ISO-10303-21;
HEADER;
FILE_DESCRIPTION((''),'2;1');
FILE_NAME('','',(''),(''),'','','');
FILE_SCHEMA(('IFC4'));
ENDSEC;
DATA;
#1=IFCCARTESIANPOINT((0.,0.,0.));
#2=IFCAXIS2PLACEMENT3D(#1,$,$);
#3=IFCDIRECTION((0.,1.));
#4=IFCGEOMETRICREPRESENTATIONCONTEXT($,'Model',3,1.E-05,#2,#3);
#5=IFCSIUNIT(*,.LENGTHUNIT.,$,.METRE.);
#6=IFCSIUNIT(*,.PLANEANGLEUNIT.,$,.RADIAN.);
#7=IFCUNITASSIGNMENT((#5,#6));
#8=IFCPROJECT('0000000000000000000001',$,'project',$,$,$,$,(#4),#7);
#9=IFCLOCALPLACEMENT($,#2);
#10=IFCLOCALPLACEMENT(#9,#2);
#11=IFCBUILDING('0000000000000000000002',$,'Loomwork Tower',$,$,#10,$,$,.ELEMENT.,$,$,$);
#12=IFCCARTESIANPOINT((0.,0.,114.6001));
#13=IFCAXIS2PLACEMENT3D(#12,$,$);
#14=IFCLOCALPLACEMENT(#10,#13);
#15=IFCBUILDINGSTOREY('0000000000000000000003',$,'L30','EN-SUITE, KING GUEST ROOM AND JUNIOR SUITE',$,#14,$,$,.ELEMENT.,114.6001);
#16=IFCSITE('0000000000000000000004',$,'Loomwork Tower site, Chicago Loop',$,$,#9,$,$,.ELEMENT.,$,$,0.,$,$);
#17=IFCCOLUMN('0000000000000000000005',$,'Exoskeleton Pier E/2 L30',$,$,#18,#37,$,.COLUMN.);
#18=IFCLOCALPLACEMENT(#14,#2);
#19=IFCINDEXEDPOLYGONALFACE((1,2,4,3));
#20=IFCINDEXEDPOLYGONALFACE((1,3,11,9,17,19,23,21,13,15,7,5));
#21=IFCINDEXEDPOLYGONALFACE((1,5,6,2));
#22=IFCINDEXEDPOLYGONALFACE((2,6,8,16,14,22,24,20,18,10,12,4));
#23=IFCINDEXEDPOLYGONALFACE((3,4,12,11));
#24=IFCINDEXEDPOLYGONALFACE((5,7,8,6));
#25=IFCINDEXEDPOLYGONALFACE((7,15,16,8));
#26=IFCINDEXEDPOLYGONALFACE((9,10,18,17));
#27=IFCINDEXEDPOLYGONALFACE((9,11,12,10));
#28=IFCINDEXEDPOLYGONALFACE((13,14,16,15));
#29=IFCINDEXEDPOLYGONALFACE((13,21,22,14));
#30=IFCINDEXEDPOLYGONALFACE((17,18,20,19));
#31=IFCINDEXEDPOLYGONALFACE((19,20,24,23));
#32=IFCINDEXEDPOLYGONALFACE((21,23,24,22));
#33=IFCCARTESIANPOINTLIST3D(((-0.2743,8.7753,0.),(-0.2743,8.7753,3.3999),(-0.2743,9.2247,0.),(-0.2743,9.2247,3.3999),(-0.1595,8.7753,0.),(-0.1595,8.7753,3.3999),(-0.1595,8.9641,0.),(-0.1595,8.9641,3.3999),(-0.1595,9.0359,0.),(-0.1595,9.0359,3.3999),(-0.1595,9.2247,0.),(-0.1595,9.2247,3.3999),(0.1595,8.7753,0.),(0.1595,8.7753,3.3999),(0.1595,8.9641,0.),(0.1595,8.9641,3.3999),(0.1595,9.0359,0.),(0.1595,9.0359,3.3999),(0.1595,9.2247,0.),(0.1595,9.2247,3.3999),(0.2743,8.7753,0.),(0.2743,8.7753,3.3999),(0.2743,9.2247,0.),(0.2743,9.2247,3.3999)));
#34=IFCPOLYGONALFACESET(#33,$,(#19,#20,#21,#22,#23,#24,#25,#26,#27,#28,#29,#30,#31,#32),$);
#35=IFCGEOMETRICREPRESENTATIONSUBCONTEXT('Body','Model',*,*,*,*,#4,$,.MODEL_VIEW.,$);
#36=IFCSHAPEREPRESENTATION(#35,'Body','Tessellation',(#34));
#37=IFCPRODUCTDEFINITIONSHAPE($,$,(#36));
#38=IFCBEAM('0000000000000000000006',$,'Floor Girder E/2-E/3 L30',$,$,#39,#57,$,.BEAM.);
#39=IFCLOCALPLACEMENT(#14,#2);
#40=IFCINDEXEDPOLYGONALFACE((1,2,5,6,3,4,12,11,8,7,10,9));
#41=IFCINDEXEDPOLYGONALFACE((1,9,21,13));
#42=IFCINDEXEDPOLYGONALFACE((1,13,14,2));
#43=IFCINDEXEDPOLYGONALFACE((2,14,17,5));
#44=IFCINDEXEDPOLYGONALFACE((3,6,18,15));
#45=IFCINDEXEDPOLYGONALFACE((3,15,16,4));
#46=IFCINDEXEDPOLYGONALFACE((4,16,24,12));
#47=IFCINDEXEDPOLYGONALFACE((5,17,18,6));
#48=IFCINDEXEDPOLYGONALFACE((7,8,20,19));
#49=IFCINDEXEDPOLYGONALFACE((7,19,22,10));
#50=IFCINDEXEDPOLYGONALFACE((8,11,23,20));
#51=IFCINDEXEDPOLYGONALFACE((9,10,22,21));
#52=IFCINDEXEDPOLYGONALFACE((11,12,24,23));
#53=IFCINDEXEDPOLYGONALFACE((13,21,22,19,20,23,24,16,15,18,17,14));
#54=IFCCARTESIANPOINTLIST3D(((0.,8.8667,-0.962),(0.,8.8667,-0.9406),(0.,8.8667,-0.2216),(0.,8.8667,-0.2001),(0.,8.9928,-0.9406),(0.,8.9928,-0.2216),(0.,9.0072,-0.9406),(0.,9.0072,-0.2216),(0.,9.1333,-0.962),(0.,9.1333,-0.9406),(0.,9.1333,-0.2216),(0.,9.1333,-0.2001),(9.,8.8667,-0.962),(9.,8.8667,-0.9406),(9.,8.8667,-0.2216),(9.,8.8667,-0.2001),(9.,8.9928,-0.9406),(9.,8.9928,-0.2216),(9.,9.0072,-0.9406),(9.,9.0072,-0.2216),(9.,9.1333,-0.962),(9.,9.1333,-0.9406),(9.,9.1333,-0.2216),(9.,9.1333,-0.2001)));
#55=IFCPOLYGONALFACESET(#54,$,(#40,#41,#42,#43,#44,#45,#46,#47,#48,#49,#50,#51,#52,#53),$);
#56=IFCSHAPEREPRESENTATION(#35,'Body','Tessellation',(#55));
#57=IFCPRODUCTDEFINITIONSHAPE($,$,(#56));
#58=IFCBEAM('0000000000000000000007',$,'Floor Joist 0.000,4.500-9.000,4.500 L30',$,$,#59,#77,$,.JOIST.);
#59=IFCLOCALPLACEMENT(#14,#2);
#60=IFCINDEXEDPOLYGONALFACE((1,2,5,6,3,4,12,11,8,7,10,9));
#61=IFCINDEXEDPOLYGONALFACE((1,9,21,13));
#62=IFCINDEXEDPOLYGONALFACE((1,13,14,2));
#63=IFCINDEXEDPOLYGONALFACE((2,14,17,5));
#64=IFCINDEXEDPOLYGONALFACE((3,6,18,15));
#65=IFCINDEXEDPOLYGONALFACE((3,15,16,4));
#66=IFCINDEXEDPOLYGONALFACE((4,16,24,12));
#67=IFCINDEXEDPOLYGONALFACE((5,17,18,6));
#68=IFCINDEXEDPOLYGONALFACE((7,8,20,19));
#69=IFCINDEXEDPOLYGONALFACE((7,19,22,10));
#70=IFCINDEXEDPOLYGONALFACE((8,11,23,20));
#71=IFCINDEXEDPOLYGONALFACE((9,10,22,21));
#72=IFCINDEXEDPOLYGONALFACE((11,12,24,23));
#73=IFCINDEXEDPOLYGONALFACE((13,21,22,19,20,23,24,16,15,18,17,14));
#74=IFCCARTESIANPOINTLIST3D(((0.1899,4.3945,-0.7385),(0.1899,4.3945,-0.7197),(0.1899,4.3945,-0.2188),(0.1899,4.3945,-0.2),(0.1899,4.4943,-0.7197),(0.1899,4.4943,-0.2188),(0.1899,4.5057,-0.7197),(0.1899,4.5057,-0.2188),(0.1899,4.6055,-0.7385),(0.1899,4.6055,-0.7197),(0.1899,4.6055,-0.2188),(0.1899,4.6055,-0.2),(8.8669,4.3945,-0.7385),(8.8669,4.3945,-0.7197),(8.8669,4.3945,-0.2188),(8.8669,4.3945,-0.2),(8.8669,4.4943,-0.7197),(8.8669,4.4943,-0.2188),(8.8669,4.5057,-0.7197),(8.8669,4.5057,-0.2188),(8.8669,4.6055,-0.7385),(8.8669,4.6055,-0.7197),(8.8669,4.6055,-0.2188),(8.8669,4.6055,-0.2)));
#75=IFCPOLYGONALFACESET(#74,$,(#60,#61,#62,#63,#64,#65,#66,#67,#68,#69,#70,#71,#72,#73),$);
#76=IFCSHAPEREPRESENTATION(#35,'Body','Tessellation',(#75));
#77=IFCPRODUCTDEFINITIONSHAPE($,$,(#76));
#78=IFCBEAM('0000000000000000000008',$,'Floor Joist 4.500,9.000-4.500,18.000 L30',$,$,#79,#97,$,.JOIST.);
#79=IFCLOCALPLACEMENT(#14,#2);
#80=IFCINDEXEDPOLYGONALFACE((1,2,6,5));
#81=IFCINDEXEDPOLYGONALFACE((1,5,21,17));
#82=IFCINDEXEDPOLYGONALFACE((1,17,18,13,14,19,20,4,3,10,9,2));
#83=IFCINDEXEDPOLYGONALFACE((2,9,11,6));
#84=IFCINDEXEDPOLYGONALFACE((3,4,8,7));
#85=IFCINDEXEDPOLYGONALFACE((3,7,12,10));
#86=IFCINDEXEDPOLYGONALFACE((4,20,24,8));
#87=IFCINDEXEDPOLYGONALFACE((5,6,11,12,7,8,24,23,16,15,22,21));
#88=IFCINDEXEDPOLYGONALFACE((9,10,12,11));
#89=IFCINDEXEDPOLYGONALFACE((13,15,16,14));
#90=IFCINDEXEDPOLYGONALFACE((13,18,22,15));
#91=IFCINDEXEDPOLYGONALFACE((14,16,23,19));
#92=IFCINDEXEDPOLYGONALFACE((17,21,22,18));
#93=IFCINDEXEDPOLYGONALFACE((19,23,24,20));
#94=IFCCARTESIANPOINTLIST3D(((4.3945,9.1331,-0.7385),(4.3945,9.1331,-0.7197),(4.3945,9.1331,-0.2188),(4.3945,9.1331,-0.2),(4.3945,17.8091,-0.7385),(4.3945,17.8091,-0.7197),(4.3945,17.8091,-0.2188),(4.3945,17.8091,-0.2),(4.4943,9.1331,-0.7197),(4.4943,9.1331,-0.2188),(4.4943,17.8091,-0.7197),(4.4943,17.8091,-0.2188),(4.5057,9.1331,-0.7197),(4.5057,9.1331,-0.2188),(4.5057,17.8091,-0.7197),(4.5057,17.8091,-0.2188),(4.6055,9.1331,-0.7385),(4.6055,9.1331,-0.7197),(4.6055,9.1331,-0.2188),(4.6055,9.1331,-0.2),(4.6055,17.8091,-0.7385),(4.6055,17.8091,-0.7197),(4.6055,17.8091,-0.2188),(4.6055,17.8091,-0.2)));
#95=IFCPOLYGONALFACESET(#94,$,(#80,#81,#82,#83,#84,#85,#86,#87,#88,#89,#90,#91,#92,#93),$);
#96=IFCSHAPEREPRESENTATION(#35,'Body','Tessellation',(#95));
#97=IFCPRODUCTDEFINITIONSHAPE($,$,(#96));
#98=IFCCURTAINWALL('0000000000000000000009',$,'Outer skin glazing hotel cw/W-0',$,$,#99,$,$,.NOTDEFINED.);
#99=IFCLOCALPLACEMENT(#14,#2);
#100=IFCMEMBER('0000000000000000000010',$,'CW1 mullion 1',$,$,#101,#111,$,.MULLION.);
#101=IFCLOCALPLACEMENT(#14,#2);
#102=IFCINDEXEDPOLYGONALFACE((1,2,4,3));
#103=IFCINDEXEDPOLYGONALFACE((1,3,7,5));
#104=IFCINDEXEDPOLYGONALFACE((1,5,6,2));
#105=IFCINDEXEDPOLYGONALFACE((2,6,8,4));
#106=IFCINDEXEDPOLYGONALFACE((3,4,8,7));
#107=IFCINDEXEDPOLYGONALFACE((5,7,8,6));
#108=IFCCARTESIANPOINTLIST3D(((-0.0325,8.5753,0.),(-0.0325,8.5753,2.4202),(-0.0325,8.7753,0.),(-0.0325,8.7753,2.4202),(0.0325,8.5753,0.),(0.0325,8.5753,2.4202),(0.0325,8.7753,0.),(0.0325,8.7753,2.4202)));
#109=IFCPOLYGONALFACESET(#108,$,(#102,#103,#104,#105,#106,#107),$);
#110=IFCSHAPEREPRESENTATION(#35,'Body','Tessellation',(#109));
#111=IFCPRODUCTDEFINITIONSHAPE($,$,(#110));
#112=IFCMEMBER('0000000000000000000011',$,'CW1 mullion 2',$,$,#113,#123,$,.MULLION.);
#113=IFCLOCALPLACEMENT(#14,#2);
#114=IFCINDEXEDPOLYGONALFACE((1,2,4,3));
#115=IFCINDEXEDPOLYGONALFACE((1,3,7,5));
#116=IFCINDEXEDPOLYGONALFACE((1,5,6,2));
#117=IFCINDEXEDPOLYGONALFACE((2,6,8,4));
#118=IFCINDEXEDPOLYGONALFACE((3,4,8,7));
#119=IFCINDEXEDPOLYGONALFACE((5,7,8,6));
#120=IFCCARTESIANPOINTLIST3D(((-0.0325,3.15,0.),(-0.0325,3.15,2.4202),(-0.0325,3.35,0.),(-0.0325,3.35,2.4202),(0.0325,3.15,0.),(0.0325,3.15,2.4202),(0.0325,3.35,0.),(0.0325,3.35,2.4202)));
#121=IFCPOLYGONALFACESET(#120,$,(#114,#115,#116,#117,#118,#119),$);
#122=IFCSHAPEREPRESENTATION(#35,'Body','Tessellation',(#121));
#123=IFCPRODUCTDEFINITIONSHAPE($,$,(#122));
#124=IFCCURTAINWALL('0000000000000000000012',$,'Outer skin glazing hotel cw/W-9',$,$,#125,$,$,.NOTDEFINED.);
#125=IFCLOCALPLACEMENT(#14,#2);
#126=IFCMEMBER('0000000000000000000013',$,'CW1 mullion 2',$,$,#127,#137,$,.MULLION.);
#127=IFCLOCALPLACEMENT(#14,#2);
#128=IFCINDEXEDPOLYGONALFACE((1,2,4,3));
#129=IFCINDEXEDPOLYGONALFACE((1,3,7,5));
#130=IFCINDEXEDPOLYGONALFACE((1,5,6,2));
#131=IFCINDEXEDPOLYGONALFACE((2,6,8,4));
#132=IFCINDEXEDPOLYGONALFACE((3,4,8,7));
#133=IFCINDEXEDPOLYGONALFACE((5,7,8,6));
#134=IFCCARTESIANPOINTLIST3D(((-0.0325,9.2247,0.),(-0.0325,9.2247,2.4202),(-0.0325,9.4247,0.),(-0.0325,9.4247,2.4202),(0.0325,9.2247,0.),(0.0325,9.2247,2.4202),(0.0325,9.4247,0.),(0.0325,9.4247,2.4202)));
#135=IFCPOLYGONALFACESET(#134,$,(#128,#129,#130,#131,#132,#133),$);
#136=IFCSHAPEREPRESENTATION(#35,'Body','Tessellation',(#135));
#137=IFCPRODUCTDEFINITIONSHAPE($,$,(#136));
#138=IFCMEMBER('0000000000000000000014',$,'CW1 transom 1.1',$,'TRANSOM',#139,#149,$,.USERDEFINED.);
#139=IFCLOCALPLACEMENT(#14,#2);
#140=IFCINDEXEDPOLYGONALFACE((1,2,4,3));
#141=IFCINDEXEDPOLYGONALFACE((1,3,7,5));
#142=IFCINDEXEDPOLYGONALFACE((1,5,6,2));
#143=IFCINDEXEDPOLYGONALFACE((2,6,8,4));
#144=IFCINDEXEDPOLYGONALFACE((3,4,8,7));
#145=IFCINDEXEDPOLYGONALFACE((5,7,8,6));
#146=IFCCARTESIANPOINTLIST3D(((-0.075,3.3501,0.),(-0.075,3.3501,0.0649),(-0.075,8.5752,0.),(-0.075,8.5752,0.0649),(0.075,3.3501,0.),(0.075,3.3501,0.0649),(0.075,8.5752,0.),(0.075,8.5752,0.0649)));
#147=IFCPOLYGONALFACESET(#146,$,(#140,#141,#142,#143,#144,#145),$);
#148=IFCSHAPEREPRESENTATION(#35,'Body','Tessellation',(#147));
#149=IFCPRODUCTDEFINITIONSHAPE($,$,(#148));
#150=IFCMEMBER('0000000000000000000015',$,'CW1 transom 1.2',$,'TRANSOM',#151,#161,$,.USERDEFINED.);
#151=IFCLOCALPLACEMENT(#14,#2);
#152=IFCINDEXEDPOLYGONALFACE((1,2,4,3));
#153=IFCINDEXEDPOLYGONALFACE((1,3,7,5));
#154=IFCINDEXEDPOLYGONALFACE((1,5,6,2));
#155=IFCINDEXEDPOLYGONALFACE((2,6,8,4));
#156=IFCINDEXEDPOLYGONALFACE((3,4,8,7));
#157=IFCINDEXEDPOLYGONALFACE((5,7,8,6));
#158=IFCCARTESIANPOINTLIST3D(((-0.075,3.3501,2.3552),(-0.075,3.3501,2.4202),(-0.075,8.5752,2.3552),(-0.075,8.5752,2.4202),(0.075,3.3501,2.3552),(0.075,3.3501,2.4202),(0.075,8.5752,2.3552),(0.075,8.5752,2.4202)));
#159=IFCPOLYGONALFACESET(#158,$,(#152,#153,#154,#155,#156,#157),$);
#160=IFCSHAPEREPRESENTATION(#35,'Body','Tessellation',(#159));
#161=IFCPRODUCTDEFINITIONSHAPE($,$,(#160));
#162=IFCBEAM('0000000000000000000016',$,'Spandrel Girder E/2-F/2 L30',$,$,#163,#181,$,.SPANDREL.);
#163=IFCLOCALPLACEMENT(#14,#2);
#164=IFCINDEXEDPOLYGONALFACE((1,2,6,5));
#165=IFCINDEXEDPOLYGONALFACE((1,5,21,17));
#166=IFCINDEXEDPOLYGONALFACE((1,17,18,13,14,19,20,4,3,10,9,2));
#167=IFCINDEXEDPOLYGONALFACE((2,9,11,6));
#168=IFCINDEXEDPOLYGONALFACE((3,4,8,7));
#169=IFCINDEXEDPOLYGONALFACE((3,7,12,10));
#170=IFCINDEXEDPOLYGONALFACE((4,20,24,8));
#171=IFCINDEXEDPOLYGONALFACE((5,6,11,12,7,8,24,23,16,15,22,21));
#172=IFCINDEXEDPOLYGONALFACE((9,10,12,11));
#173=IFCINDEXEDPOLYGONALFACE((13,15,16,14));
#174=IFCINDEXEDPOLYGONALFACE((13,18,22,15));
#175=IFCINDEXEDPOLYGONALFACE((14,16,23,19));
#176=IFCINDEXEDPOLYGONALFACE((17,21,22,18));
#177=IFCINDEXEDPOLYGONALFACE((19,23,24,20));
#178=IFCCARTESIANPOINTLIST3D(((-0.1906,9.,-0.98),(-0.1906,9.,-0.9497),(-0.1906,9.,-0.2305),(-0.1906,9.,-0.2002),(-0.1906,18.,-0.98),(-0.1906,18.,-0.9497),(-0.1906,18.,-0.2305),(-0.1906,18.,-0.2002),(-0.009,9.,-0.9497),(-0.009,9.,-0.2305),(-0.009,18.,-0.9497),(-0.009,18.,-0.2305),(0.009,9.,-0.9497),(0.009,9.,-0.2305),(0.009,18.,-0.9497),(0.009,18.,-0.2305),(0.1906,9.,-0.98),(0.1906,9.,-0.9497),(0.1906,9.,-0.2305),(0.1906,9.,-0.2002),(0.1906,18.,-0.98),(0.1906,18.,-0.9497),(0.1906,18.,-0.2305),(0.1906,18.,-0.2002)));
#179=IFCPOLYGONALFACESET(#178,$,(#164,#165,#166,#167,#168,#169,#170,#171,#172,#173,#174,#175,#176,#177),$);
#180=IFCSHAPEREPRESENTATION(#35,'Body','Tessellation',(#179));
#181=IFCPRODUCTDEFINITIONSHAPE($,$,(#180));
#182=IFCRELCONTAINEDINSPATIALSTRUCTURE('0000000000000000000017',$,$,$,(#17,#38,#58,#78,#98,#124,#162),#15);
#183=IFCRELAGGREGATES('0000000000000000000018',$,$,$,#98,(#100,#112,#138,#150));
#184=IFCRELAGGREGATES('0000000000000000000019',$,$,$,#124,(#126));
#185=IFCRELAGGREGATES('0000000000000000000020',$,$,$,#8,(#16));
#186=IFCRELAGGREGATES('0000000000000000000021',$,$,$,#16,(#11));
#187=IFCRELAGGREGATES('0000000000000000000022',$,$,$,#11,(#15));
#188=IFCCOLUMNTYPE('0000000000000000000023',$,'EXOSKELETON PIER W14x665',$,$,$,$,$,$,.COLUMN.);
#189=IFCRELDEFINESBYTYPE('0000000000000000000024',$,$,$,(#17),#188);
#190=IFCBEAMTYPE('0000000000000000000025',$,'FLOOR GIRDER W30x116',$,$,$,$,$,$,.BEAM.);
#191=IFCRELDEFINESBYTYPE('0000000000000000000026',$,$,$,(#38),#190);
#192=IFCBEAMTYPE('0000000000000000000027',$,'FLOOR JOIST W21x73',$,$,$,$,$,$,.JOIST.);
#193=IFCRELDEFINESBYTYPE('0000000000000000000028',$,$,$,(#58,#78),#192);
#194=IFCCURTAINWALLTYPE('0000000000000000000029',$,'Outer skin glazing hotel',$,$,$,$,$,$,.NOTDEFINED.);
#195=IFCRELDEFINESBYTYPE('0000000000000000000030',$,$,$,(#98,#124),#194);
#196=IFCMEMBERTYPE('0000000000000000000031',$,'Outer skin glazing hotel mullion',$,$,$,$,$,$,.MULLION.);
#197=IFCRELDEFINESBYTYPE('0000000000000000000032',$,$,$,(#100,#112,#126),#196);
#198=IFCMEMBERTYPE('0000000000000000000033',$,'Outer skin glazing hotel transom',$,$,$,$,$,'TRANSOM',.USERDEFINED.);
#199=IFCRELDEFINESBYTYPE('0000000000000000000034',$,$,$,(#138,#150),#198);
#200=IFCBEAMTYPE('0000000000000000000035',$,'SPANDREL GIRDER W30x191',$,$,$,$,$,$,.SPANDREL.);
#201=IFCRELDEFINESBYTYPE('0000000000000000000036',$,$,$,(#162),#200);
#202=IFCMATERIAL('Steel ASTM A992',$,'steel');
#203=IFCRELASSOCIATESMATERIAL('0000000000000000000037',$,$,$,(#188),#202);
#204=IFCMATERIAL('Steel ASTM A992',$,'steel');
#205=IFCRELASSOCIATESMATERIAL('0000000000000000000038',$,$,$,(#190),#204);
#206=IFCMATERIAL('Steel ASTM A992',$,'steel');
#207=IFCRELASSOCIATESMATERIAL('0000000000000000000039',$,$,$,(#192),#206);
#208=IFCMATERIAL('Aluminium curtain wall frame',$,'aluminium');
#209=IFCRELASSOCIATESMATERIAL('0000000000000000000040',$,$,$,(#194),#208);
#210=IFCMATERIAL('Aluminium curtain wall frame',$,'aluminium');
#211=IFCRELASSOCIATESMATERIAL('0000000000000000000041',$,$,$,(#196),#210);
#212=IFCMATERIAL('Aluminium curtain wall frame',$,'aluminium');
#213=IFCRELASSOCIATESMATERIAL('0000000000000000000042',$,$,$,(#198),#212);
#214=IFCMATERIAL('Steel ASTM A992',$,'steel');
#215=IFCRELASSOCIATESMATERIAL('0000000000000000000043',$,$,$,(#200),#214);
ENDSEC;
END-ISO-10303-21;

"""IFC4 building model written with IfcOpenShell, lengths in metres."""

from ifc_helpers import new_model, si_unit, direction, frame, origin, origin_2d, place, context, subcontext, project, spatial, rectangle, i_section, extrude, material, material_profile, profile_set, type_object, element, aggregate, save


model = new_model("IFC4")

# Units and contexts
model_context = context("Model", 3, precision=1e-05, world=origin(), true_north=direction((0.0, 1.0)))
body_context = subcontext(model_context, "Body", "Model", "MODEL_VIEW")
ifc_project = project(units=[si_unit("LENGTHUNIT", "METRE"), si_unit("PLANEANGLEUNIT", "RADIAN")], contexts=[model_context])

# Site, building, storey
site_placement = place(None, origin())
site = spatial("IfcSite", under=ifc_project, at=site_placement, Name="Loomwork Tower site, Chicago Loop", CompositionType="ELEMENT", RefElevation=0.0)
building_placement = place(site_placement, origin())
building = spatial("IfcBuilding", under=site, at=building_placement, Name="Loomwork Tower", CompositionType="ELEMENT")
storey_placement = place(building_placement, frame((0.0, 0.0, 114.6001)))
storey = spatial("IfcBuildingStorey", under=building, at=storey_placement, Name="L30", Description="EN-SUITE, KING GUEST ROOM AND JUNIOR SUITE", CompositionType="ELEMENT", Elevation=114.6001)

# Column
ifc_material_1 = material(Name="Steel ASTM A992", Category="steel")
ifc_material_profile_1 = material_profile(ifc_material_1, i_section(OverallWidth=0.4495, OverallDepth=0.5486, WebThickness=0.0718, FlangeThickness=0.1147, at=origin_2d()), Name="W14x665")
ifc_profile_set_1 = profile_set([ifc_material_profile_1], Name="Steel ASTM A992")
column_type = type_object("IfcColumnType", Name="EXOSKELETON PIER W14x665", PredefinedType="COLUMN", material=ifc_profile_set_1)
column_placement = place(storey_placement, frame((0.0, 9.0, 0.0), z_axis=(0.0, 0.0, 1.0), x_axis=(0.0, 1.0, 0.0)))
element("IfcColumn", 1, at=column_placement, inside=storey, type_object=column_type, Name="Exoskeleton Pier E/2 L30", PredefinedType="COLUMN", context=body_context, shape_type="SweptSolid", body=[
    extrude(i_section(OverallWidth=0.4495, OverallDepth=0.5486, WebThickness=0.0718, FlangeThickness=0.1147, at=origin_2d()), origin(), (0.0, 0.0, 1.0), 3.3999),
])

# Beams
ifc_material_2 = material(Name="Steel ASTM A992", Category="steel")
ifc_material_profile_2 = material_profile(ifc_material_2, i_section(OverallWidth=0.2666, OverallDepth=0.762, WebThickness=0.0144, FlangeThickness=0.0215, at=origin_2d()), Name="W30x116")
ifc_profile_set_2 = profile_set([ifc_material_profile_2], Name="Steel ASTM A992")
beam_type_1 = type_object("IfcBeamType", Name="FLOOR GIRDER W30x116", PredefinedType="BEAM", material=ifc_profile_set_2)
beam_1_placement = place(storey_placement, frame((0.0, 9.0, -0.5811), z_axis=(1.0, 0.0, 0.0), x_axis=(0.0, 1.0, 0.0)))
element("IfcBeam", 2, at=beam_1_placement, inside=storey, type_object=beam_type_1, Name="Floor Girder E/2-E/3 L30", PredefinedType="BEAM", context=body_context, shape_type="SweptSolid", body=[
    extrude(i_section(OverallWidth=0.2666, OverallDepth=0.762, WebThickness=0.0144, FlangeThickness=0.0215, at=origin_2d()), origin(), (0.0, 0.0, 1.0), 9.0),
])
ifc_material_3 = material(Name="Steel ASTM A992", Category="steel")
ifc_material_profile_3 = material_profile(ifc_material_3, i_section(OverallWidth=0.2109, OverallDepth=0.5386, WebThickness=0.0115, FlangeThickness=0.0188, at=origin_2d()), Name="W21x73")
ifc_profile_set_3 = profile_set([ifc_material_profile_3], Name="Steel ASTM A992")
beam_type_2 = type_object("IfcBeamType", Name="FLOOR JOIST W21x73", PredefinedType="JOIST", material=ifc_profile_set_3)
beam_2_placement = place(storey_placement, frame((0.1899, 4.5, -0.4692), z_axis=(1.0, 0.0, 0.0), x_axis=(0.0, 1.0, 0.0)))
element("IfcBeam", 3, at=beam_2_placement, inside=storey, type_object=beam_type_2, Name="Floor Joist 0.000,4.500-9.000,4.500 L30", PredefinedType="JOIST", context=body_context, shape_type="SweptSolid", body=[
    extrude(i_section(OverallWidth=0.2109, OverallDepth=0.5386, WebThickness=0.0115, FlangeThickness=0.0188, at=origin_2d()), origin(), (0.0, 0.0, 1.0), 8.677),
])
beam_3_placement = place(storey_placement, frame((4.5, 9.1331, -0.4692), z_axis=(0.0, 1.0, 0.0), x_axis=(-1.0, 0.0, 0.0)))
element("IfcBeam", 4, at=beam_3_placement, inside=storey, type_object=beam_type_2, Name="Floor Joist 4.500,9.000-4.500,18.000 L30", PredefinedType="JOIST", context=body_context, shape_type="SweptSolid", body=[
    extrude(i_section(OverallWidth=0.2109, OverallDepth=0.5386, WebThickness=0.0115, FlangeThickness=0.0188, at=origin_2d()), origin(), (0.0, 0.0, 1.0), 8.676),
])

# Curtain wall, members
ifc_material_4 = material(Name="Aluminium curtain wall frame", Category="aluminium")
curtain_wall_type = type_object("IfcCurtainWallType", Name="Outer skin glazing hotel", PredefinedType="NOTDEFINED", material=ifc_material_4)
curtain_wall_1_placement = place(storey_placement, origin())
curtain_wall_1 = element("IfcCurtainWall", 5, at=curtain_wall_1_placement, inside=storey, type_object=curtain_wall_type, Name="Outer skin glazing hotel cw/W-0", PredefinedType="NOTDEFINED")
ifc_material_5 = material(Name="Aluminium curtain wall frame", Category="aluminium")
ifc_material_profile_4 = material_profile(ifc_material_5, rectangle(XDim=0.0649, YDim=0.2, at=origin_2d()), Name="AL 65x200")
ifc_profile_set_4 = profile_set([ifc_material_profile_4], Name="Aluminium curtain wall frame")
member_type_1 = type_object("IfcMemberType", Name="Outer skin glazing hotel mullion", PredefinedType="MULLION", material=ifc_profile_set_4)
member_1_placement = place(storey_placement, frame((0.0, 8.6753, 0.0), z_axis=(0.0, 0.0, 1.0), x_axis=(1.0, 0.0, 0.0)))
member_1 = element("IfcMember", 6, at=member_1_placement, type_object=member_type_1, Name="CW1 mullion 1", PredefinedType="MULLION", context=body_context, shape_type="SweptSolid", body=[
    extrude(rectangle(XDim=0.0649, YDim=0.2, at=origin_2d()), origin(), (0.0, 0.0, 1.0), 2.4202),
])
member_2_placement = place(storey_placement, frame((0.0, 3.25, 0.0), z_axis=(0.0, 0.0, 1.0), x_axis=(1.0, 0.0, 0.0)))
member_2 = element("IfcMember", 7, at=member_2_placement, type_object=member_type_1, Name="CW1 mullion 2", PredefinedType="MULLION", context=body_context, shape_type="SweptSolid", body=[
    extrude(rectangle(XDim=0.0649, YDim=0.2, at=origin_2d()), origin(), (0.0, 0.0, 1.0), 2.4202),
])

# Curtain wall, member
curtain_wall_2_placement = place(storey_placement, origin())
curtain_wall_2 = element("IfcCurtainWall", 8, at=curtain_wall_2_placement, inside=storey, type_object=curtain_wall_type, Name="Outer skin glazing hotel cw/W-9", PredefinedType="NOTDEFINED")
member_3_placement = place(storey_placement, frame((0.0, 9.3247, 0.0), z_axis=(0.0, 0.0, 1.0), x_axis=(1.0, 0.0, 0.0)))
member_3 = element("IfcMember", 9, at=member_3_placement, type_object=member_type_1, Name="CW1 mullion 2", PredefinedType="MULLION", context=body_context, shape_type="SweptSolid", body=[
    extrude(rectangle(XDim=0.0649, YDim=0.2, at=origin_2d()), origin(), (0.0, 0.0, 1.0), 2.4202),
])

# Members
ifc_material_6 = material(Name="Aluminium curtain wall frame", Category="aluminium")
ifc_material_profile_5 = material_profile(ifc_material_6, rectangle(XDim=0.1499, YDim=0.0649, at=origin_2d()), Name="AL 65x150")
ifc_profile_set_5 = profile_set([ifc_material_profile_5], Name="Aluminium curtain wall frame")
member_type_2 = type_object("IfcMemberType", Name="Outer skin glazing hotel transom", ElementType="TRANSOM", PredefinedType="USERDEFINED", material=ifc_profile_set_5)
member_4_placement = place(storey_placement, frame((0.0, 8.5752, 0.0325), z_axis=(0.0, -1.0, 0.0), x_axis=(1.0, 0.0, 0.0)))
member_4 = element("IfcMember", 10, at=member_4_placement, type_object=member_type_2, Name="CW1 transom 1.1", ObjectType="TRANSOM", PredefinedType="USERDEFINED", context=body_context, shape_type="SweptSolid", body=[
    extrude(rectangle(XDim=0.1499, YDim=0.0649, at=origin_2d()), origin(), (0.0, 0.0, 1.0), 5.2251),
])
member_5_placement = place(storey_placement, frame((0.0, 8.5752, 2.3877), z_axis=(0.0, -1.0, 0.0), x_axis=(1.0, 0.0, 0.0)))
member_5 = element("IfcMember", 11, at=member_5_placement, type_object=member_type_2, Name="CW1 transom 1.2", ObjectType="TRANSOM", PredefinedType="USERDEFINED", context=body_context, shape_type="SweptSolid", body=[
    extrude(rectangle(XDim=0.1499, YDim=0.0649, at=origin_2d()), origin(), (0.0, 0.0, 1.0), 5.2251),
])

# Beam
ifc_material_7 = material(Name="Steel ASTM A992", Category="steel")
ifc_material_profile_6 = material_profile(ifc_material_7, i_section(OverallWidth=0.3811, OverallDepth=0.7798, WebThickness=0.0181, FlangeThickness=0.0303, at=origin_2d()), Name="W30x191")
ifc_profile_set_6 = profile_set([ifc_material_profile_6], Name="Steel ASTM A992")
beam_type_3 = type_object("IfcBeamType", Name="SPANDREL GIRDER W30x191", PredefinedType="SPANDREL", material=ifc_profile_set_6)
beam_4_placement = place(storey_placement, frame((0.0, 9.0, -0.5901), z_axis=(0.0, 1.0, 0.0), x_axis=(-1.0, 0.0, 0.0)))
element("IfcBeam", 12, at=beam_4_placement, inside=storey, type_object=beam_type_3, Name="Spandrel Girder E/2-F/2 L30", PredefinedType="SPANDREL", context=body_context, shape_type="SweptSolid", body=[
    extrude(i_section(OverallWidth=0.3811, OverallDepth=0.7798, WebThickness=0.0181, FlangeThickness=0.0303, at=origin_2d()), origin(), (0.0, 0.0, 1.0), 9.0),
])

aggregate(curtain_wall_1, [member_1, member_2, member_4, member_5])
aggregate(curtain_wall_2, [member_3])

save(model, "model.ifc")
